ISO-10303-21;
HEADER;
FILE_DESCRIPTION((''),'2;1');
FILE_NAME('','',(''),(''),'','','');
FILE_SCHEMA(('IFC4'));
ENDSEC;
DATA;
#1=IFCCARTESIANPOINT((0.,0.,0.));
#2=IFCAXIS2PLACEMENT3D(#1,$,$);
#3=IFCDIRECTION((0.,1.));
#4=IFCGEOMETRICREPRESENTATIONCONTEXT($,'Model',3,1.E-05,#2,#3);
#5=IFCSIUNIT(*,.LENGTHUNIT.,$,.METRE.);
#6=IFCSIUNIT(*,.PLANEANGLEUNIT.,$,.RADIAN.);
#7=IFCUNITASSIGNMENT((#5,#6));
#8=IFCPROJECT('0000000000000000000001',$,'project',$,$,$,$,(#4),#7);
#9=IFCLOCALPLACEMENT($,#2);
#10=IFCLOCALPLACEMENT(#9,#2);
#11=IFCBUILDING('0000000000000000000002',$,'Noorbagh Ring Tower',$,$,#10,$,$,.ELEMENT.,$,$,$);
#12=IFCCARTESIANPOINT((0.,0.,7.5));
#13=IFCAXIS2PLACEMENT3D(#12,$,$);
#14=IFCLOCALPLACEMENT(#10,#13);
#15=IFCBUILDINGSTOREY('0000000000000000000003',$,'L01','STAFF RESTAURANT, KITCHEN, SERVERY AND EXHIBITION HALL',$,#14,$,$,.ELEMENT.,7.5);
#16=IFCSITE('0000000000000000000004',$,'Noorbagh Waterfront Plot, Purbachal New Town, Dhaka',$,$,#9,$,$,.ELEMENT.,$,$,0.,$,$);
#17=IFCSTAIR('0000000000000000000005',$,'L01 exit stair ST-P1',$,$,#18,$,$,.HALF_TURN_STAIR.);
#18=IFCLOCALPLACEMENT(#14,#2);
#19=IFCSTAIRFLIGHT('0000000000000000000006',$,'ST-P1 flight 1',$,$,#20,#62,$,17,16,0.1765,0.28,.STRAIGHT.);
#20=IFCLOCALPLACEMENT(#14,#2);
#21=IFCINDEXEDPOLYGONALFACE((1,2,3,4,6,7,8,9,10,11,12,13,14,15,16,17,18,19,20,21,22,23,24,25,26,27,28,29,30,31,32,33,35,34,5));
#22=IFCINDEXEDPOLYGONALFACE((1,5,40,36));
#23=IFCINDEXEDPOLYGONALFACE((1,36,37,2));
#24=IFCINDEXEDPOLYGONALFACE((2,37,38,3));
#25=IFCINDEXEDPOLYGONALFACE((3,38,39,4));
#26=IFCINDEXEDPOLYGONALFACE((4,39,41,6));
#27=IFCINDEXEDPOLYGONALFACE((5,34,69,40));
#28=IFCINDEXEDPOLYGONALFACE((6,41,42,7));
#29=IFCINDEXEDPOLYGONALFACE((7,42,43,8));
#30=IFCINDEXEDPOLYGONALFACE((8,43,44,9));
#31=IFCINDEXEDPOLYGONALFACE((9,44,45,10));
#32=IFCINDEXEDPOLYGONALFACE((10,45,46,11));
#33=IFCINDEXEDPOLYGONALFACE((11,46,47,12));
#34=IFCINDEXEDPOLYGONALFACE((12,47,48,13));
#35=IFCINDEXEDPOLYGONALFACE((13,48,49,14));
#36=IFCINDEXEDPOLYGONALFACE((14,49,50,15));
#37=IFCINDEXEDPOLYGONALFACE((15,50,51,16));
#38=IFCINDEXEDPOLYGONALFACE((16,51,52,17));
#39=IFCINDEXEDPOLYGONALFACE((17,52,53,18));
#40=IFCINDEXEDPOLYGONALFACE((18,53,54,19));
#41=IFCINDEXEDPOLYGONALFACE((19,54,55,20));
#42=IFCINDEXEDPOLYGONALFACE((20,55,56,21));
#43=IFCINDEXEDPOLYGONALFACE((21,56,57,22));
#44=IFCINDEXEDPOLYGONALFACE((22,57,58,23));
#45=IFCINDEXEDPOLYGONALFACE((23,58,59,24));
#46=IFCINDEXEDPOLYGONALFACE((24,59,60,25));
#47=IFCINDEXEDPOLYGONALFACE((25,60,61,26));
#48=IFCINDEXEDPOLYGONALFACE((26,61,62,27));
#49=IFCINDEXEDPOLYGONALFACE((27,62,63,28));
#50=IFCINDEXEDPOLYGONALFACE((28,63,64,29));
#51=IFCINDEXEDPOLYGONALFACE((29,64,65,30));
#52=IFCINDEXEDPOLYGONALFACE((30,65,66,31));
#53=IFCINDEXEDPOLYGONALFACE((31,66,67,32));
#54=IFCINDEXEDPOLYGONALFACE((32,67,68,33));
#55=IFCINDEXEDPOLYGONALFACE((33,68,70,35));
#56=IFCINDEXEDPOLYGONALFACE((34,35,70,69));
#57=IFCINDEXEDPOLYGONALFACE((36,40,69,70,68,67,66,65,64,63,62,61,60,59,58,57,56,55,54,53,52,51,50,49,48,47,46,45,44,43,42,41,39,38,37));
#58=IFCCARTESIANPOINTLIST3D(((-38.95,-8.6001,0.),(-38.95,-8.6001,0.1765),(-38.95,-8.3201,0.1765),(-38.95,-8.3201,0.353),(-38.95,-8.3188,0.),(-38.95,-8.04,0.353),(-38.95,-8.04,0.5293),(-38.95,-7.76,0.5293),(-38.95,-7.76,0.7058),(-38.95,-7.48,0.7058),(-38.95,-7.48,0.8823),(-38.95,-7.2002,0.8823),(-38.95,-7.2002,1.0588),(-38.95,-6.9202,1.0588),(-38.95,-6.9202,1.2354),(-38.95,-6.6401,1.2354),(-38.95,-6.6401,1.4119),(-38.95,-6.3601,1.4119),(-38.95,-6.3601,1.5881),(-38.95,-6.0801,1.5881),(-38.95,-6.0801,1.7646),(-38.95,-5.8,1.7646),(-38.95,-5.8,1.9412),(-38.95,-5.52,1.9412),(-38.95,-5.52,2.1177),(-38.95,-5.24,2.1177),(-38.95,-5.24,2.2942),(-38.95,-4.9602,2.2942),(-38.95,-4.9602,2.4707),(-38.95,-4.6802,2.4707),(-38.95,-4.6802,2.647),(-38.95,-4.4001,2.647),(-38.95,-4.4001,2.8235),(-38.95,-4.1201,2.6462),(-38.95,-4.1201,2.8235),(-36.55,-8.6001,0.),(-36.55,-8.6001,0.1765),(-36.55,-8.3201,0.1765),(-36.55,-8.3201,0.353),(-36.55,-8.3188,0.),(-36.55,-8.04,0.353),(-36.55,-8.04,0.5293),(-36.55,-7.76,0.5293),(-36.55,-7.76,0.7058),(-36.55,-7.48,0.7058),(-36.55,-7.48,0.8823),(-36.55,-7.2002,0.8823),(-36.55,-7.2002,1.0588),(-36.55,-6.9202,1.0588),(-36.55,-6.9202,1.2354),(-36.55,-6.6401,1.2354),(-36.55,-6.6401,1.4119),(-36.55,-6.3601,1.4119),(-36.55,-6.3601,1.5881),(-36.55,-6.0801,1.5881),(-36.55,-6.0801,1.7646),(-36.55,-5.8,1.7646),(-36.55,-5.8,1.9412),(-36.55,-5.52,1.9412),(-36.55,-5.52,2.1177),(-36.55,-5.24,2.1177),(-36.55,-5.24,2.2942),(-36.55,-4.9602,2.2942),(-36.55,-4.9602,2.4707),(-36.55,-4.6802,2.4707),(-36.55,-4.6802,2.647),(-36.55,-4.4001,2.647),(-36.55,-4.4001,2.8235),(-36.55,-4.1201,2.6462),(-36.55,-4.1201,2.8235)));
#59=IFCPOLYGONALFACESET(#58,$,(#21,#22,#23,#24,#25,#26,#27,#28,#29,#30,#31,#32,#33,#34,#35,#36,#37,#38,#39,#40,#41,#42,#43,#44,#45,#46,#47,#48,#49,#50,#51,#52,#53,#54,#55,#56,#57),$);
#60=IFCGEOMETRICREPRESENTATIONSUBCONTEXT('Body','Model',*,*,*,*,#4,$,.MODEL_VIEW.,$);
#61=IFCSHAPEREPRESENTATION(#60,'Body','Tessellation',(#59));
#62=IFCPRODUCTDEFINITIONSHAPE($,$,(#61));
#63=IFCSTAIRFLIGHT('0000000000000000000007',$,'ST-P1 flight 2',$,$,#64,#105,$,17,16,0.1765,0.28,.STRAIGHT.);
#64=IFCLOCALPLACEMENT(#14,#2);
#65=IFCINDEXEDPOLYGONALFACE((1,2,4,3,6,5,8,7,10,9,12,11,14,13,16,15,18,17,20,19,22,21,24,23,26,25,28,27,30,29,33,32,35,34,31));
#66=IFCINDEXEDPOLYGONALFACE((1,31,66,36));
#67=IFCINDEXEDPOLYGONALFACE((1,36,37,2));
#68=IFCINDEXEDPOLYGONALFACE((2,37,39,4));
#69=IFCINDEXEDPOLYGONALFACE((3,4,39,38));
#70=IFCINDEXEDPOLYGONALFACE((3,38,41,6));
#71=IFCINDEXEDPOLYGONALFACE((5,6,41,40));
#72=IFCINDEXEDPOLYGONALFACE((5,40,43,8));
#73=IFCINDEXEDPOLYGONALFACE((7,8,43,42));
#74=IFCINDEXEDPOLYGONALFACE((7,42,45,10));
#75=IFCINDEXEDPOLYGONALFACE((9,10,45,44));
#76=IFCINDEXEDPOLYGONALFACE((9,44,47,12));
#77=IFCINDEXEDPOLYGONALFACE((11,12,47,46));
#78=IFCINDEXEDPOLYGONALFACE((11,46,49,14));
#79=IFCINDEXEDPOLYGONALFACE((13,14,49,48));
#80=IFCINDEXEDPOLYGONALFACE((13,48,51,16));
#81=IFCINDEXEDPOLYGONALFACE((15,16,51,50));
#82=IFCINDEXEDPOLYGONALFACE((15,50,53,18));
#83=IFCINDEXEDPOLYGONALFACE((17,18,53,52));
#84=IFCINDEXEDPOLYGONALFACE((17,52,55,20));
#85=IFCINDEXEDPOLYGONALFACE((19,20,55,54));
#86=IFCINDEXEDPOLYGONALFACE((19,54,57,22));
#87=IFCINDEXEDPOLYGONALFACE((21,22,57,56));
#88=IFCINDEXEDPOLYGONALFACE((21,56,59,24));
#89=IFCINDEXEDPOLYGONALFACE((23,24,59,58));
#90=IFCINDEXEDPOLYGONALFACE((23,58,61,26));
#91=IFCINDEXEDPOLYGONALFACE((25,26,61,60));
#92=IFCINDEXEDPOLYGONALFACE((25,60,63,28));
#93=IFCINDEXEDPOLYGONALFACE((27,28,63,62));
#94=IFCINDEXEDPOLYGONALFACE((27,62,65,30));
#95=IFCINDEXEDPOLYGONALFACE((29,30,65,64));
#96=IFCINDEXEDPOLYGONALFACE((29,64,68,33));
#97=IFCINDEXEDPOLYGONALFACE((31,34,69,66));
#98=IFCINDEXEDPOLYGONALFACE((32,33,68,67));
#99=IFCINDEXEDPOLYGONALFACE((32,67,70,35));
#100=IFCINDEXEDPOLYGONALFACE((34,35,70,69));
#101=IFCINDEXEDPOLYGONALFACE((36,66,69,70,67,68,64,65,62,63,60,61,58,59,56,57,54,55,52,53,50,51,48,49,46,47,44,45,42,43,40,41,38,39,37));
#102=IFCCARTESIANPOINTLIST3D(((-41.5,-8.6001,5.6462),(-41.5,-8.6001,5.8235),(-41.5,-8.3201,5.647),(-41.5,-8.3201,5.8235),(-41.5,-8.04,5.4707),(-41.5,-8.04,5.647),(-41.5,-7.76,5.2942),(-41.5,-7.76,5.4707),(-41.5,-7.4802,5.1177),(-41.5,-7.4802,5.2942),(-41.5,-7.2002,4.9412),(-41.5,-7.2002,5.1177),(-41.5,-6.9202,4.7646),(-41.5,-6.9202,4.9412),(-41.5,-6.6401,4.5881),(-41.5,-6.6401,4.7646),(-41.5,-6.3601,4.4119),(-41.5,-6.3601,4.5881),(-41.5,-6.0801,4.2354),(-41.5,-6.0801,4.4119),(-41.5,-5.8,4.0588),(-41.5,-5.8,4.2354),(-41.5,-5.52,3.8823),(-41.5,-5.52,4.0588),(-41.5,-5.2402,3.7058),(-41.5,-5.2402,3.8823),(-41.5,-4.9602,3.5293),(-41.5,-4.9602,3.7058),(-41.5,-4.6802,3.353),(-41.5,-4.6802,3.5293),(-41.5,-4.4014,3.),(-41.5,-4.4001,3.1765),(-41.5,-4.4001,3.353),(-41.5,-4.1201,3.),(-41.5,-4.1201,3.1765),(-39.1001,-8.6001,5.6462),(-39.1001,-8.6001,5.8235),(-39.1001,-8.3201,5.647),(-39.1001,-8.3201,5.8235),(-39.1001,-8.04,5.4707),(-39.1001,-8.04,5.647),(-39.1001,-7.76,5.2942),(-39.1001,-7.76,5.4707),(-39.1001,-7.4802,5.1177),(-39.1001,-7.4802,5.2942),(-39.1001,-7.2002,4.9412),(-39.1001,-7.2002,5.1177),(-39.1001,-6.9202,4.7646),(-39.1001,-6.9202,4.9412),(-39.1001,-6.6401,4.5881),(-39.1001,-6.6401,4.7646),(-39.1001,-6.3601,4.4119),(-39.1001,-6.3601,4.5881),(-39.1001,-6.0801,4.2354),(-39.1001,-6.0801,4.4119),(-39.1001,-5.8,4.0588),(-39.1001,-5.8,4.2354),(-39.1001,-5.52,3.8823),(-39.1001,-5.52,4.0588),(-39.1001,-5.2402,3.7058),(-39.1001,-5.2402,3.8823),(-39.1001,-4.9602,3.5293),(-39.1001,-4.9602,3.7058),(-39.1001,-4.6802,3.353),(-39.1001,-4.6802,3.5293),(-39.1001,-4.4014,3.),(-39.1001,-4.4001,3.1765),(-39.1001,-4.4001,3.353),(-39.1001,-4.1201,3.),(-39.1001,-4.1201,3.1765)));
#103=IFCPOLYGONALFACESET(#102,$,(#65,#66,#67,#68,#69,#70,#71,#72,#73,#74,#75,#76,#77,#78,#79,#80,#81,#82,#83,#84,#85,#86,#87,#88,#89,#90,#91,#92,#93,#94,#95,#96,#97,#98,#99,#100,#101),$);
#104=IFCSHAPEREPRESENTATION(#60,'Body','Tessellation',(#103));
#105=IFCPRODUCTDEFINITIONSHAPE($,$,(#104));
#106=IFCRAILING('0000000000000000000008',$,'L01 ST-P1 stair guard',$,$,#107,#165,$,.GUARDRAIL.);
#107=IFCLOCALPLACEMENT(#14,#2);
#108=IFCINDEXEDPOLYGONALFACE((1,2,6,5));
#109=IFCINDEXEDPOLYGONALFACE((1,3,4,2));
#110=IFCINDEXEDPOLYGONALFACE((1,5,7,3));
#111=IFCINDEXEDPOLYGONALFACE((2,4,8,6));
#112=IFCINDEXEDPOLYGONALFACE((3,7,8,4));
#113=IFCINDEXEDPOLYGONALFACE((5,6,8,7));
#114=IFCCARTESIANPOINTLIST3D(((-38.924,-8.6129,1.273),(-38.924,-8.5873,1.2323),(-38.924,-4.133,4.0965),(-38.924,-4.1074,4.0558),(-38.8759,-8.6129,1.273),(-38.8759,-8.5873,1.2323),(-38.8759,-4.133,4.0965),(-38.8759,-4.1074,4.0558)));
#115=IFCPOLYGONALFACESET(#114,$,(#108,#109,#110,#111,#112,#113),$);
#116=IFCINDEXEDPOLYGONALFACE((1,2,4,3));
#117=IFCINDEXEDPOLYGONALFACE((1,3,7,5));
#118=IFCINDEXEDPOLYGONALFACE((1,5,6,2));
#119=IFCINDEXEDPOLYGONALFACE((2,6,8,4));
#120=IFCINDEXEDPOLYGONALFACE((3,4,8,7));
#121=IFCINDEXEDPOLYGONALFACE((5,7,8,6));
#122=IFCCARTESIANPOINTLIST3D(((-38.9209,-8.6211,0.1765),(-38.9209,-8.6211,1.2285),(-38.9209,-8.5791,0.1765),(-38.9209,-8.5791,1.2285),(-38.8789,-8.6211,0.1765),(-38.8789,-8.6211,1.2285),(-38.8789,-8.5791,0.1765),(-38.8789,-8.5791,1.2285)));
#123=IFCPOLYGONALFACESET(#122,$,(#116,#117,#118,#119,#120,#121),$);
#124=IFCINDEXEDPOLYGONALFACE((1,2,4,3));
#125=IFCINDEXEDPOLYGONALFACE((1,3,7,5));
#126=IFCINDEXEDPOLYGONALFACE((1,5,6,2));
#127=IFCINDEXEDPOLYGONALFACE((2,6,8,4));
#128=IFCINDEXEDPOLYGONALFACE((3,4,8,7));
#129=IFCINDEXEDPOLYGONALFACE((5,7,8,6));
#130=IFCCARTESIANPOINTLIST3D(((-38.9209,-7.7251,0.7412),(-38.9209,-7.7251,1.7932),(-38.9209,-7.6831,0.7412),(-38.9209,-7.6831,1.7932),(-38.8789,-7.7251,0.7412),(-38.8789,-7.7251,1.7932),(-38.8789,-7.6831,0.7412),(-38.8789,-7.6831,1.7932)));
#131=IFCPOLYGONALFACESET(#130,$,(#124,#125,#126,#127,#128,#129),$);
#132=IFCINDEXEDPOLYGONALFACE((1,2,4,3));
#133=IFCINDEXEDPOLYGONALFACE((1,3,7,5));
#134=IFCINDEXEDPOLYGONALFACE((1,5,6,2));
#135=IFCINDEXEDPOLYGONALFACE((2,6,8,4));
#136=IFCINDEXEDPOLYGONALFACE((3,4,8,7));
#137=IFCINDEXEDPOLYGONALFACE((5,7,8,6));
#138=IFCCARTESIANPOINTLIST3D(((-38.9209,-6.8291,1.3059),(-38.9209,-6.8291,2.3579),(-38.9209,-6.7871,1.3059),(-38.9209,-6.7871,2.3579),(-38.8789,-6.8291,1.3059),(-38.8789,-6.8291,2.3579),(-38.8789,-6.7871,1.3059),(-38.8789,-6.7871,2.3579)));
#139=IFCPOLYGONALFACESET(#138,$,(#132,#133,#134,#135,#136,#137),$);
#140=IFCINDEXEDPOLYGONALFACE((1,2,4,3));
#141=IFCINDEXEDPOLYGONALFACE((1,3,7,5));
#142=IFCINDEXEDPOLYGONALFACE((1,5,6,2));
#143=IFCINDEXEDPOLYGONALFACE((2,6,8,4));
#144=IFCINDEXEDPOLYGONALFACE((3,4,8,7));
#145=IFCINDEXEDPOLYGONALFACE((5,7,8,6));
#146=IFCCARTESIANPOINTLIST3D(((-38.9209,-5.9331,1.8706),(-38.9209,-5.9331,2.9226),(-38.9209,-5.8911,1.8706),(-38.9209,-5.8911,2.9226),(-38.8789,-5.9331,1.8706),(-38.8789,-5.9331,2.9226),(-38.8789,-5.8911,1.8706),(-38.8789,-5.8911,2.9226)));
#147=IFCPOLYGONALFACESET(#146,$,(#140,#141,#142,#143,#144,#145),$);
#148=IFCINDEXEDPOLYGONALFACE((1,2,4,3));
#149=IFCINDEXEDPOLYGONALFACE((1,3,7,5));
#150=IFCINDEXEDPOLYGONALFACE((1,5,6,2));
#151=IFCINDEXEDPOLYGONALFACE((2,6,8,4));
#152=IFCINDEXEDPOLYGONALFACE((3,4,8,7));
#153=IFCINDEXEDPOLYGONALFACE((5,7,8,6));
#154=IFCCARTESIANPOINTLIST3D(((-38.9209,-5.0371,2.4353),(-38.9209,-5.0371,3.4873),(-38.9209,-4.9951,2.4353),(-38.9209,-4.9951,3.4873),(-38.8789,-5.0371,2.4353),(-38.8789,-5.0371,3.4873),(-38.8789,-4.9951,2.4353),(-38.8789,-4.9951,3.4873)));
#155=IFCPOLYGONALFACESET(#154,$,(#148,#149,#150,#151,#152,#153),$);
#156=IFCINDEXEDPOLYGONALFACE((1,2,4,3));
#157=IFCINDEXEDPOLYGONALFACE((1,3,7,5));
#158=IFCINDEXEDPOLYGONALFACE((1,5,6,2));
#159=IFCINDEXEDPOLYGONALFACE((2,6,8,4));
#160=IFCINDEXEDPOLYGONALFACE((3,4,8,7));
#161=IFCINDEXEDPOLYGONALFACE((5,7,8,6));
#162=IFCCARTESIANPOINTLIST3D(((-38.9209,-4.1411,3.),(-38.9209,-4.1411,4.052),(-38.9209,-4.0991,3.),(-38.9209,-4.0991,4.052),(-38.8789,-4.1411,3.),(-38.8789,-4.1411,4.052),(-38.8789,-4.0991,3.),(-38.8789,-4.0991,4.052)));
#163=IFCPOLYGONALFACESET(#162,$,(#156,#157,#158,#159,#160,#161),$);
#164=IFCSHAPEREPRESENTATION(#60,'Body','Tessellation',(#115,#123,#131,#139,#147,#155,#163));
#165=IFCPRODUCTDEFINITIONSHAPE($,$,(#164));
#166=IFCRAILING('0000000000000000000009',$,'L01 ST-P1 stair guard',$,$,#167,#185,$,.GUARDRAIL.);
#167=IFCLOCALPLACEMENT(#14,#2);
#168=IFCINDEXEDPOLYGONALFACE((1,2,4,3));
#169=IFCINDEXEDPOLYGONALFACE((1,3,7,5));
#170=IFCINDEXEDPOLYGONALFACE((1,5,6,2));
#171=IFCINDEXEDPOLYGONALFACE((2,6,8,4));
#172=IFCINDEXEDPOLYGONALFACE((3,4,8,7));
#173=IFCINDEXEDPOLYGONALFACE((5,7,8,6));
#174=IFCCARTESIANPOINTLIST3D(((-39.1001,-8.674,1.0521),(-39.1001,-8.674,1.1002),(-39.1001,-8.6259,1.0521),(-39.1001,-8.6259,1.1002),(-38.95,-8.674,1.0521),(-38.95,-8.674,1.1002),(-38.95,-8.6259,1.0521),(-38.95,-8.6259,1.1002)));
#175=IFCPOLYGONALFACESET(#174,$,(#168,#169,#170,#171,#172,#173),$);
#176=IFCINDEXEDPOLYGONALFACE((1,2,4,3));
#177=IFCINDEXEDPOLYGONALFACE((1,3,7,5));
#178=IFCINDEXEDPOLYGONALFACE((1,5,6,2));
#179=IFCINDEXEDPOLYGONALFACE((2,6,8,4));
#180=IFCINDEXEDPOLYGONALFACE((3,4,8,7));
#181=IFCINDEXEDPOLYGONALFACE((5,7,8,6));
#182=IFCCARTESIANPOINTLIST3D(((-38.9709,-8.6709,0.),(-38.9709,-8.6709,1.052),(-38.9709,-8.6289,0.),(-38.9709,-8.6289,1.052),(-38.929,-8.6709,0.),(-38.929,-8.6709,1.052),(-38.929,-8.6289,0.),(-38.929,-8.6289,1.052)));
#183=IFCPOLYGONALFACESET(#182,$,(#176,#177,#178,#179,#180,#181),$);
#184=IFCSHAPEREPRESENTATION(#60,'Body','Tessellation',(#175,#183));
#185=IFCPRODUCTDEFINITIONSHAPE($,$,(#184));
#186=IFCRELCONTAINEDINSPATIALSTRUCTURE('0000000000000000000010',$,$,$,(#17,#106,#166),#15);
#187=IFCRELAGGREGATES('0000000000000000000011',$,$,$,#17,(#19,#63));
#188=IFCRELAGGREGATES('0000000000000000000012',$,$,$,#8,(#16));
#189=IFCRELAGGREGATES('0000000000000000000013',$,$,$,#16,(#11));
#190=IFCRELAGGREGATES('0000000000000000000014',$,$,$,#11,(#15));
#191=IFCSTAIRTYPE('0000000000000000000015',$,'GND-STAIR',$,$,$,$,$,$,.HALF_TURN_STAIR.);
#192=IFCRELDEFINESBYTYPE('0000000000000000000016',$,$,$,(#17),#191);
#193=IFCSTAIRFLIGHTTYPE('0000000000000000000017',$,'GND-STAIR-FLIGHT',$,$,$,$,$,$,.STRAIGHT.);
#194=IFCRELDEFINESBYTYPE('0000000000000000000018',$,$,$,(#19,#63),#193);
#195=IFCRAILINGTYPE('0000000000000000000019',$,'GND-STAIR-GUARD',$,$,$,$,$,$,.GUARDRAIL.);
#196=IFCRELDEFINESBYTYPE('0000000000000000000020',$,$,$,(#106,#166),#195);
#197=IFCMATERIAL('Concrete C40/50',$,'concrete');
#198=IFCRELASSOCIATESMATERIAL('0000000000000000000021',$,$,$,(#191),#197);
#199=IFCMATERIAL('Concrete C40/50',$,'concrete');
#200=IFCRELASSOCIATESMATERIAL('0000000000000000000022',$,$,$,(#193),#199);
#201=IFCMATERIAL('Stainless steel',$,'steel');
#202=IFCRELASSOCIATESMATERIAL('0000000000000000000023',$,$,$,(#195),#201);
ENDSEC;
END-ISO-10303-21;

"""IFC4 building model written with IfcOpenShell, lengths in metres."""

from ifc_helpers import new_model, si_unit, direction, frame, origin, origin_2d, place, context, subcontext, project, spatial, polyline, rectangle, outline, extrude, material, type_object, element, aggregate, save


model = new_model("IFC4")

# Units and contexts
model_context = context("Model", 3, precision=1e-05, world=origin(), true_north=direction((0.0, 1.0)))
body_context = subcontext(model_context, "Body", "Model", "MODEL_VIEW")
ifc_project = project(units=[si_unit("LENGTHUNIT", "METRE"), si_unit("PLANEANGLEUNIT", "RADIAN")], contexts=[model_context])

# Site, building, storey
site_placement = place(None, origin())
site = spatial("IfcSite", under=ifc_project, at=site_placement, Name="Noorbagh Waterfront Plot, Purbachal New Town, Dhaka", CompositionType="ELEMENT", RefElevation=0.0)
building_placement = place(site_placement, origin())
building = spatial("IfcBuilding", under=site, at=building_placement, Name="Noorbagh Ring Tower", CompositionType="ELEMENT")
storey_placement = place(building_placement, frame((0.0, 0.0, 7.5)))
storey = spatial("IfcBuildingStorey", under=building, at=storey_placement, Name="L01", Description="STAFF RESTAURANT, KITCHEN, SERVERY AND EXHIBITION HALL", CompositionType="ELEMENT", Elevation=7.5)

# Stair, stair flights
ifc_material_1 = material(Name="Concrete C40/50", Category="concrete")
stair_type = type_object("IfcStairType", Name="GND-STAIR", PredefinedType="HALF_TURN_STAIR", material=ifc_material_1)
stair_placement = place(storey_placement, origin())
stair = element("IfcStair", 1, at=stair_placement, inside=storey, type_object=stair_type, Name="L01 exit stair ST-P1", PredefinedType="HALF_TURN_STAIR")
ifc_material_2 = material(Name="Concrete C40/50", Category="concrete")
stair_flight_type = type_object("IfcStairFlightType", Name="GND-STAIR-FLIGHT", PredefinedType="STRAIGHT", material=ifc_material_2)
stair_flight_1_placement = place(storey_placement, frame((-37.75, -8.6001, 0.0), z_axis=(0.0, 0.0, 1.0), x_axis=(0.0, 1.0, 0.0)))
stair_flight_1 = element("IfcStairFlight", 2, at=stair_flight_1_placement, type_object=stair_flight_type, Name="ST-P1 flight 1", NumberOfRisers=17, NumberOfTreads=16, PredefinedType="STRAIGHT", RiserHeight=0.1765, TreadLength=0.28, context=body_context, shape_type="SweptSolid", body=[
    extrude(outline(polyline([(0.0, 0.0), (0.0, 0.1765), (0.28, 0.1765), (0.28, 0.353), (0.5601, 0.353), (0.5601, 0.5293), (0.8401, 0.5293), (0.8401, 0.7058), (1.1201, 0.7058), (1.1201, 0.8823), (1.3999, 0.8823), (1.3999, 1.0588), (1.6799, 1.0588), (1.6799, 1.2354), (1.96, 1.2354), (1.96, 1.4119), (2.24, 1.4119), (2.24, 1.5881), (2.52, 1.5881), (2.52, 1.7646), (2.8, 1.7646), (2.8, 1.9412), (3.0801, 1.9412), (3.0801, 2.1177), (3.3601, 2.1177), (3.3601, 2.2942), (3.6399, 2.2942), (3.6399, 2.4707), (3.9199, 2.4707), (3.9199, 2.647), (4.2, 2.647), (4.2, 2.8235), (4.48, 2.8235), (4.48, 3.0), (4.48, 2.6462), (0.2812, 0.0), (0.0, 0.0)])), frame((0.0, 1.2, 0.0), z_axis=(0.0, -1.0, 0.0), x_axis=(1.0, 0.0, 0.0)), (0.0, 0.0, 1.0), 2.3999),
])
stair_flight_2_placement = place(storey_placement, frame((-40.3, -4.1201, 3.0), z_axis=(0.0, 0.0, 1.0), x_axis=(0.0, -1.0, 0.0)))
stair_flight_2 = element("IfcStairFlight", 3, at=stair_flight_2_placement, type_object=stair_flight_type, Name="ST-P1 flight 2", NumberOfRisers=17, NumberOfTreads=16, PredefinedType="STRAIGHT", RiserHeight=0.1765, TreadLength=0.28, context=body_context, shape_type="SweptSolid", body=[
    extrude(outline(polyline([(0.0, 0.0), (0.0, 0.1765), (0.28, 0.1765), (0.28, 0.353), (0.5601, 0.353), (0.5601, 0.5293), (0.8401, 0.5293), (0.8401, 0.7058), (1.1201, 0.7058), (1.1201, 0.8823), (1.3999, 0.8823), (1.3999, 1.0588), (1.6799, 1.0588), (1.6799, 1.2354), (1.96, 1.2354), (1.96, 1.4119), (2.24, 1.4119), (2.24, 1.5881), (2.52, 1.5881), (2.52, 1.7646), (2.8, 1.7646), (2.8, 1.9412), (3.0801, 1.9412), (3.0801, 2.1177), (3.3601, 2.1177), (3.3601, 2.2942), (3.6399, 2.2942), (3.6399, 2.4707), (3.9199, 2.4707), (3.9199, 2.647), (4.2, 2.647), (4.2, 2.8235), (4.48, 2.8235), (4.48, 3.0), (4.48, 2.6462), (0.2812, 0.0), (0.0, 0.0)])), frame((0.0, 1.2, 0.0), z_axis=(0.0, -1.0, 0.0), x_axis=(1.0, 0.0, 0.0)), (0.0, 0.0, 1.0), 2.3999),
])
aggregate(stair, [stair_flight_1, stair_flight_2])

# Railings
ifc_material_3 = material(Name="Stainless steel", Category="steel")
railing_type_1 = type_object("IfcRailingType", Name="GND-STAIR-GUARD", PredefinedType="GUARDRAIL", material=ifc_material_3)
railing_1_placement = place(storey_placement, frame((-38.8999, -8.6001, 0.1765)))
element("IfcRailing", 4, at=railing_1_placement, inside=storey, type_object=railing_type_1, Name="L01 ST-P1 stair guard", PredefinedType="GUARDRAIL", context=body_context, shape_type="SweptSolid", body=[
    extrude(rectangle(XDim=0.0481, YDim=0.0481, at=origin_2d()), frame((0.0, 0.0, 1.0762), z_axis=(0.0, 0.845998, 0.533186), x_axis=(-1.0, 0.0, 0.0)), (0.0, 0.0, 1.0), 5.2954),
    extrude(rectangle(XDim=0.042, YDim=0.042, at=origin_2d()), origin(), (0.0, 0.0, 1.0), 1.052),
    extrude(rectangle(XDim=0.042, YDim=0.042, at=origin_2d()), frame((0.0, 0.896, 0.5647)), (0.0, 0.0, 1.0), 1.052),
    extrude(rectangle(XDim=0.042, YDim=0.042, at=origin_2d()), frame((0.0, 1.792, 1.1294)), (0.0, 0.0, 1.0), 1.052),
    extrude(rectangle(XDim=0.042, YDim=0.042, at=origin_2d()), frame((0.0, 2.688, 1.6941)), (0.0, 0.0, 1.0), 1.052),
    extrude(rectangle(XDim=0.042, YDim=0.042, at=origin_2d()), frame((0.0, 3.584, 2.2588)), (0.0, 0.0, 1.0), 1.052),
    extrude(rectangle(XDim=0.042, YDim=0.042, at=origin_2d()), frame((0.0, 4.48, 2.8235)), (0.0, 0.0, 1.0), 1.052),
])
railing_2_placement = place(storey_placement, frame((-38.95, -8.6499, 0.0)))
element("IfcRailing", 5, at=railing_2_placement, inside=storey, type_object=railing_type_1, Name="L01 ST-P1 stair guard", PredefinedType="GUARDRAIL", context=body_context, shape_type="SweptSolid", body=[
    extrude(rectangle(XDim=0.0481, YDim=0.0481, at=origin_2d()), frame((0.0, 0.0, 1.0762), z_axis=(-1.0, 0.0, 0.0), x_axis=(0.0, -1.0, 0.0)), (0.0, 0.0, 1.0), 0.1501),
    extrude(rectangle(XDim=0.042, YDim=0.042, at=origin_2d()), origin(), (0.0, 0.0, 1.0), 1.052),
])

save(model, "model.ifc")
